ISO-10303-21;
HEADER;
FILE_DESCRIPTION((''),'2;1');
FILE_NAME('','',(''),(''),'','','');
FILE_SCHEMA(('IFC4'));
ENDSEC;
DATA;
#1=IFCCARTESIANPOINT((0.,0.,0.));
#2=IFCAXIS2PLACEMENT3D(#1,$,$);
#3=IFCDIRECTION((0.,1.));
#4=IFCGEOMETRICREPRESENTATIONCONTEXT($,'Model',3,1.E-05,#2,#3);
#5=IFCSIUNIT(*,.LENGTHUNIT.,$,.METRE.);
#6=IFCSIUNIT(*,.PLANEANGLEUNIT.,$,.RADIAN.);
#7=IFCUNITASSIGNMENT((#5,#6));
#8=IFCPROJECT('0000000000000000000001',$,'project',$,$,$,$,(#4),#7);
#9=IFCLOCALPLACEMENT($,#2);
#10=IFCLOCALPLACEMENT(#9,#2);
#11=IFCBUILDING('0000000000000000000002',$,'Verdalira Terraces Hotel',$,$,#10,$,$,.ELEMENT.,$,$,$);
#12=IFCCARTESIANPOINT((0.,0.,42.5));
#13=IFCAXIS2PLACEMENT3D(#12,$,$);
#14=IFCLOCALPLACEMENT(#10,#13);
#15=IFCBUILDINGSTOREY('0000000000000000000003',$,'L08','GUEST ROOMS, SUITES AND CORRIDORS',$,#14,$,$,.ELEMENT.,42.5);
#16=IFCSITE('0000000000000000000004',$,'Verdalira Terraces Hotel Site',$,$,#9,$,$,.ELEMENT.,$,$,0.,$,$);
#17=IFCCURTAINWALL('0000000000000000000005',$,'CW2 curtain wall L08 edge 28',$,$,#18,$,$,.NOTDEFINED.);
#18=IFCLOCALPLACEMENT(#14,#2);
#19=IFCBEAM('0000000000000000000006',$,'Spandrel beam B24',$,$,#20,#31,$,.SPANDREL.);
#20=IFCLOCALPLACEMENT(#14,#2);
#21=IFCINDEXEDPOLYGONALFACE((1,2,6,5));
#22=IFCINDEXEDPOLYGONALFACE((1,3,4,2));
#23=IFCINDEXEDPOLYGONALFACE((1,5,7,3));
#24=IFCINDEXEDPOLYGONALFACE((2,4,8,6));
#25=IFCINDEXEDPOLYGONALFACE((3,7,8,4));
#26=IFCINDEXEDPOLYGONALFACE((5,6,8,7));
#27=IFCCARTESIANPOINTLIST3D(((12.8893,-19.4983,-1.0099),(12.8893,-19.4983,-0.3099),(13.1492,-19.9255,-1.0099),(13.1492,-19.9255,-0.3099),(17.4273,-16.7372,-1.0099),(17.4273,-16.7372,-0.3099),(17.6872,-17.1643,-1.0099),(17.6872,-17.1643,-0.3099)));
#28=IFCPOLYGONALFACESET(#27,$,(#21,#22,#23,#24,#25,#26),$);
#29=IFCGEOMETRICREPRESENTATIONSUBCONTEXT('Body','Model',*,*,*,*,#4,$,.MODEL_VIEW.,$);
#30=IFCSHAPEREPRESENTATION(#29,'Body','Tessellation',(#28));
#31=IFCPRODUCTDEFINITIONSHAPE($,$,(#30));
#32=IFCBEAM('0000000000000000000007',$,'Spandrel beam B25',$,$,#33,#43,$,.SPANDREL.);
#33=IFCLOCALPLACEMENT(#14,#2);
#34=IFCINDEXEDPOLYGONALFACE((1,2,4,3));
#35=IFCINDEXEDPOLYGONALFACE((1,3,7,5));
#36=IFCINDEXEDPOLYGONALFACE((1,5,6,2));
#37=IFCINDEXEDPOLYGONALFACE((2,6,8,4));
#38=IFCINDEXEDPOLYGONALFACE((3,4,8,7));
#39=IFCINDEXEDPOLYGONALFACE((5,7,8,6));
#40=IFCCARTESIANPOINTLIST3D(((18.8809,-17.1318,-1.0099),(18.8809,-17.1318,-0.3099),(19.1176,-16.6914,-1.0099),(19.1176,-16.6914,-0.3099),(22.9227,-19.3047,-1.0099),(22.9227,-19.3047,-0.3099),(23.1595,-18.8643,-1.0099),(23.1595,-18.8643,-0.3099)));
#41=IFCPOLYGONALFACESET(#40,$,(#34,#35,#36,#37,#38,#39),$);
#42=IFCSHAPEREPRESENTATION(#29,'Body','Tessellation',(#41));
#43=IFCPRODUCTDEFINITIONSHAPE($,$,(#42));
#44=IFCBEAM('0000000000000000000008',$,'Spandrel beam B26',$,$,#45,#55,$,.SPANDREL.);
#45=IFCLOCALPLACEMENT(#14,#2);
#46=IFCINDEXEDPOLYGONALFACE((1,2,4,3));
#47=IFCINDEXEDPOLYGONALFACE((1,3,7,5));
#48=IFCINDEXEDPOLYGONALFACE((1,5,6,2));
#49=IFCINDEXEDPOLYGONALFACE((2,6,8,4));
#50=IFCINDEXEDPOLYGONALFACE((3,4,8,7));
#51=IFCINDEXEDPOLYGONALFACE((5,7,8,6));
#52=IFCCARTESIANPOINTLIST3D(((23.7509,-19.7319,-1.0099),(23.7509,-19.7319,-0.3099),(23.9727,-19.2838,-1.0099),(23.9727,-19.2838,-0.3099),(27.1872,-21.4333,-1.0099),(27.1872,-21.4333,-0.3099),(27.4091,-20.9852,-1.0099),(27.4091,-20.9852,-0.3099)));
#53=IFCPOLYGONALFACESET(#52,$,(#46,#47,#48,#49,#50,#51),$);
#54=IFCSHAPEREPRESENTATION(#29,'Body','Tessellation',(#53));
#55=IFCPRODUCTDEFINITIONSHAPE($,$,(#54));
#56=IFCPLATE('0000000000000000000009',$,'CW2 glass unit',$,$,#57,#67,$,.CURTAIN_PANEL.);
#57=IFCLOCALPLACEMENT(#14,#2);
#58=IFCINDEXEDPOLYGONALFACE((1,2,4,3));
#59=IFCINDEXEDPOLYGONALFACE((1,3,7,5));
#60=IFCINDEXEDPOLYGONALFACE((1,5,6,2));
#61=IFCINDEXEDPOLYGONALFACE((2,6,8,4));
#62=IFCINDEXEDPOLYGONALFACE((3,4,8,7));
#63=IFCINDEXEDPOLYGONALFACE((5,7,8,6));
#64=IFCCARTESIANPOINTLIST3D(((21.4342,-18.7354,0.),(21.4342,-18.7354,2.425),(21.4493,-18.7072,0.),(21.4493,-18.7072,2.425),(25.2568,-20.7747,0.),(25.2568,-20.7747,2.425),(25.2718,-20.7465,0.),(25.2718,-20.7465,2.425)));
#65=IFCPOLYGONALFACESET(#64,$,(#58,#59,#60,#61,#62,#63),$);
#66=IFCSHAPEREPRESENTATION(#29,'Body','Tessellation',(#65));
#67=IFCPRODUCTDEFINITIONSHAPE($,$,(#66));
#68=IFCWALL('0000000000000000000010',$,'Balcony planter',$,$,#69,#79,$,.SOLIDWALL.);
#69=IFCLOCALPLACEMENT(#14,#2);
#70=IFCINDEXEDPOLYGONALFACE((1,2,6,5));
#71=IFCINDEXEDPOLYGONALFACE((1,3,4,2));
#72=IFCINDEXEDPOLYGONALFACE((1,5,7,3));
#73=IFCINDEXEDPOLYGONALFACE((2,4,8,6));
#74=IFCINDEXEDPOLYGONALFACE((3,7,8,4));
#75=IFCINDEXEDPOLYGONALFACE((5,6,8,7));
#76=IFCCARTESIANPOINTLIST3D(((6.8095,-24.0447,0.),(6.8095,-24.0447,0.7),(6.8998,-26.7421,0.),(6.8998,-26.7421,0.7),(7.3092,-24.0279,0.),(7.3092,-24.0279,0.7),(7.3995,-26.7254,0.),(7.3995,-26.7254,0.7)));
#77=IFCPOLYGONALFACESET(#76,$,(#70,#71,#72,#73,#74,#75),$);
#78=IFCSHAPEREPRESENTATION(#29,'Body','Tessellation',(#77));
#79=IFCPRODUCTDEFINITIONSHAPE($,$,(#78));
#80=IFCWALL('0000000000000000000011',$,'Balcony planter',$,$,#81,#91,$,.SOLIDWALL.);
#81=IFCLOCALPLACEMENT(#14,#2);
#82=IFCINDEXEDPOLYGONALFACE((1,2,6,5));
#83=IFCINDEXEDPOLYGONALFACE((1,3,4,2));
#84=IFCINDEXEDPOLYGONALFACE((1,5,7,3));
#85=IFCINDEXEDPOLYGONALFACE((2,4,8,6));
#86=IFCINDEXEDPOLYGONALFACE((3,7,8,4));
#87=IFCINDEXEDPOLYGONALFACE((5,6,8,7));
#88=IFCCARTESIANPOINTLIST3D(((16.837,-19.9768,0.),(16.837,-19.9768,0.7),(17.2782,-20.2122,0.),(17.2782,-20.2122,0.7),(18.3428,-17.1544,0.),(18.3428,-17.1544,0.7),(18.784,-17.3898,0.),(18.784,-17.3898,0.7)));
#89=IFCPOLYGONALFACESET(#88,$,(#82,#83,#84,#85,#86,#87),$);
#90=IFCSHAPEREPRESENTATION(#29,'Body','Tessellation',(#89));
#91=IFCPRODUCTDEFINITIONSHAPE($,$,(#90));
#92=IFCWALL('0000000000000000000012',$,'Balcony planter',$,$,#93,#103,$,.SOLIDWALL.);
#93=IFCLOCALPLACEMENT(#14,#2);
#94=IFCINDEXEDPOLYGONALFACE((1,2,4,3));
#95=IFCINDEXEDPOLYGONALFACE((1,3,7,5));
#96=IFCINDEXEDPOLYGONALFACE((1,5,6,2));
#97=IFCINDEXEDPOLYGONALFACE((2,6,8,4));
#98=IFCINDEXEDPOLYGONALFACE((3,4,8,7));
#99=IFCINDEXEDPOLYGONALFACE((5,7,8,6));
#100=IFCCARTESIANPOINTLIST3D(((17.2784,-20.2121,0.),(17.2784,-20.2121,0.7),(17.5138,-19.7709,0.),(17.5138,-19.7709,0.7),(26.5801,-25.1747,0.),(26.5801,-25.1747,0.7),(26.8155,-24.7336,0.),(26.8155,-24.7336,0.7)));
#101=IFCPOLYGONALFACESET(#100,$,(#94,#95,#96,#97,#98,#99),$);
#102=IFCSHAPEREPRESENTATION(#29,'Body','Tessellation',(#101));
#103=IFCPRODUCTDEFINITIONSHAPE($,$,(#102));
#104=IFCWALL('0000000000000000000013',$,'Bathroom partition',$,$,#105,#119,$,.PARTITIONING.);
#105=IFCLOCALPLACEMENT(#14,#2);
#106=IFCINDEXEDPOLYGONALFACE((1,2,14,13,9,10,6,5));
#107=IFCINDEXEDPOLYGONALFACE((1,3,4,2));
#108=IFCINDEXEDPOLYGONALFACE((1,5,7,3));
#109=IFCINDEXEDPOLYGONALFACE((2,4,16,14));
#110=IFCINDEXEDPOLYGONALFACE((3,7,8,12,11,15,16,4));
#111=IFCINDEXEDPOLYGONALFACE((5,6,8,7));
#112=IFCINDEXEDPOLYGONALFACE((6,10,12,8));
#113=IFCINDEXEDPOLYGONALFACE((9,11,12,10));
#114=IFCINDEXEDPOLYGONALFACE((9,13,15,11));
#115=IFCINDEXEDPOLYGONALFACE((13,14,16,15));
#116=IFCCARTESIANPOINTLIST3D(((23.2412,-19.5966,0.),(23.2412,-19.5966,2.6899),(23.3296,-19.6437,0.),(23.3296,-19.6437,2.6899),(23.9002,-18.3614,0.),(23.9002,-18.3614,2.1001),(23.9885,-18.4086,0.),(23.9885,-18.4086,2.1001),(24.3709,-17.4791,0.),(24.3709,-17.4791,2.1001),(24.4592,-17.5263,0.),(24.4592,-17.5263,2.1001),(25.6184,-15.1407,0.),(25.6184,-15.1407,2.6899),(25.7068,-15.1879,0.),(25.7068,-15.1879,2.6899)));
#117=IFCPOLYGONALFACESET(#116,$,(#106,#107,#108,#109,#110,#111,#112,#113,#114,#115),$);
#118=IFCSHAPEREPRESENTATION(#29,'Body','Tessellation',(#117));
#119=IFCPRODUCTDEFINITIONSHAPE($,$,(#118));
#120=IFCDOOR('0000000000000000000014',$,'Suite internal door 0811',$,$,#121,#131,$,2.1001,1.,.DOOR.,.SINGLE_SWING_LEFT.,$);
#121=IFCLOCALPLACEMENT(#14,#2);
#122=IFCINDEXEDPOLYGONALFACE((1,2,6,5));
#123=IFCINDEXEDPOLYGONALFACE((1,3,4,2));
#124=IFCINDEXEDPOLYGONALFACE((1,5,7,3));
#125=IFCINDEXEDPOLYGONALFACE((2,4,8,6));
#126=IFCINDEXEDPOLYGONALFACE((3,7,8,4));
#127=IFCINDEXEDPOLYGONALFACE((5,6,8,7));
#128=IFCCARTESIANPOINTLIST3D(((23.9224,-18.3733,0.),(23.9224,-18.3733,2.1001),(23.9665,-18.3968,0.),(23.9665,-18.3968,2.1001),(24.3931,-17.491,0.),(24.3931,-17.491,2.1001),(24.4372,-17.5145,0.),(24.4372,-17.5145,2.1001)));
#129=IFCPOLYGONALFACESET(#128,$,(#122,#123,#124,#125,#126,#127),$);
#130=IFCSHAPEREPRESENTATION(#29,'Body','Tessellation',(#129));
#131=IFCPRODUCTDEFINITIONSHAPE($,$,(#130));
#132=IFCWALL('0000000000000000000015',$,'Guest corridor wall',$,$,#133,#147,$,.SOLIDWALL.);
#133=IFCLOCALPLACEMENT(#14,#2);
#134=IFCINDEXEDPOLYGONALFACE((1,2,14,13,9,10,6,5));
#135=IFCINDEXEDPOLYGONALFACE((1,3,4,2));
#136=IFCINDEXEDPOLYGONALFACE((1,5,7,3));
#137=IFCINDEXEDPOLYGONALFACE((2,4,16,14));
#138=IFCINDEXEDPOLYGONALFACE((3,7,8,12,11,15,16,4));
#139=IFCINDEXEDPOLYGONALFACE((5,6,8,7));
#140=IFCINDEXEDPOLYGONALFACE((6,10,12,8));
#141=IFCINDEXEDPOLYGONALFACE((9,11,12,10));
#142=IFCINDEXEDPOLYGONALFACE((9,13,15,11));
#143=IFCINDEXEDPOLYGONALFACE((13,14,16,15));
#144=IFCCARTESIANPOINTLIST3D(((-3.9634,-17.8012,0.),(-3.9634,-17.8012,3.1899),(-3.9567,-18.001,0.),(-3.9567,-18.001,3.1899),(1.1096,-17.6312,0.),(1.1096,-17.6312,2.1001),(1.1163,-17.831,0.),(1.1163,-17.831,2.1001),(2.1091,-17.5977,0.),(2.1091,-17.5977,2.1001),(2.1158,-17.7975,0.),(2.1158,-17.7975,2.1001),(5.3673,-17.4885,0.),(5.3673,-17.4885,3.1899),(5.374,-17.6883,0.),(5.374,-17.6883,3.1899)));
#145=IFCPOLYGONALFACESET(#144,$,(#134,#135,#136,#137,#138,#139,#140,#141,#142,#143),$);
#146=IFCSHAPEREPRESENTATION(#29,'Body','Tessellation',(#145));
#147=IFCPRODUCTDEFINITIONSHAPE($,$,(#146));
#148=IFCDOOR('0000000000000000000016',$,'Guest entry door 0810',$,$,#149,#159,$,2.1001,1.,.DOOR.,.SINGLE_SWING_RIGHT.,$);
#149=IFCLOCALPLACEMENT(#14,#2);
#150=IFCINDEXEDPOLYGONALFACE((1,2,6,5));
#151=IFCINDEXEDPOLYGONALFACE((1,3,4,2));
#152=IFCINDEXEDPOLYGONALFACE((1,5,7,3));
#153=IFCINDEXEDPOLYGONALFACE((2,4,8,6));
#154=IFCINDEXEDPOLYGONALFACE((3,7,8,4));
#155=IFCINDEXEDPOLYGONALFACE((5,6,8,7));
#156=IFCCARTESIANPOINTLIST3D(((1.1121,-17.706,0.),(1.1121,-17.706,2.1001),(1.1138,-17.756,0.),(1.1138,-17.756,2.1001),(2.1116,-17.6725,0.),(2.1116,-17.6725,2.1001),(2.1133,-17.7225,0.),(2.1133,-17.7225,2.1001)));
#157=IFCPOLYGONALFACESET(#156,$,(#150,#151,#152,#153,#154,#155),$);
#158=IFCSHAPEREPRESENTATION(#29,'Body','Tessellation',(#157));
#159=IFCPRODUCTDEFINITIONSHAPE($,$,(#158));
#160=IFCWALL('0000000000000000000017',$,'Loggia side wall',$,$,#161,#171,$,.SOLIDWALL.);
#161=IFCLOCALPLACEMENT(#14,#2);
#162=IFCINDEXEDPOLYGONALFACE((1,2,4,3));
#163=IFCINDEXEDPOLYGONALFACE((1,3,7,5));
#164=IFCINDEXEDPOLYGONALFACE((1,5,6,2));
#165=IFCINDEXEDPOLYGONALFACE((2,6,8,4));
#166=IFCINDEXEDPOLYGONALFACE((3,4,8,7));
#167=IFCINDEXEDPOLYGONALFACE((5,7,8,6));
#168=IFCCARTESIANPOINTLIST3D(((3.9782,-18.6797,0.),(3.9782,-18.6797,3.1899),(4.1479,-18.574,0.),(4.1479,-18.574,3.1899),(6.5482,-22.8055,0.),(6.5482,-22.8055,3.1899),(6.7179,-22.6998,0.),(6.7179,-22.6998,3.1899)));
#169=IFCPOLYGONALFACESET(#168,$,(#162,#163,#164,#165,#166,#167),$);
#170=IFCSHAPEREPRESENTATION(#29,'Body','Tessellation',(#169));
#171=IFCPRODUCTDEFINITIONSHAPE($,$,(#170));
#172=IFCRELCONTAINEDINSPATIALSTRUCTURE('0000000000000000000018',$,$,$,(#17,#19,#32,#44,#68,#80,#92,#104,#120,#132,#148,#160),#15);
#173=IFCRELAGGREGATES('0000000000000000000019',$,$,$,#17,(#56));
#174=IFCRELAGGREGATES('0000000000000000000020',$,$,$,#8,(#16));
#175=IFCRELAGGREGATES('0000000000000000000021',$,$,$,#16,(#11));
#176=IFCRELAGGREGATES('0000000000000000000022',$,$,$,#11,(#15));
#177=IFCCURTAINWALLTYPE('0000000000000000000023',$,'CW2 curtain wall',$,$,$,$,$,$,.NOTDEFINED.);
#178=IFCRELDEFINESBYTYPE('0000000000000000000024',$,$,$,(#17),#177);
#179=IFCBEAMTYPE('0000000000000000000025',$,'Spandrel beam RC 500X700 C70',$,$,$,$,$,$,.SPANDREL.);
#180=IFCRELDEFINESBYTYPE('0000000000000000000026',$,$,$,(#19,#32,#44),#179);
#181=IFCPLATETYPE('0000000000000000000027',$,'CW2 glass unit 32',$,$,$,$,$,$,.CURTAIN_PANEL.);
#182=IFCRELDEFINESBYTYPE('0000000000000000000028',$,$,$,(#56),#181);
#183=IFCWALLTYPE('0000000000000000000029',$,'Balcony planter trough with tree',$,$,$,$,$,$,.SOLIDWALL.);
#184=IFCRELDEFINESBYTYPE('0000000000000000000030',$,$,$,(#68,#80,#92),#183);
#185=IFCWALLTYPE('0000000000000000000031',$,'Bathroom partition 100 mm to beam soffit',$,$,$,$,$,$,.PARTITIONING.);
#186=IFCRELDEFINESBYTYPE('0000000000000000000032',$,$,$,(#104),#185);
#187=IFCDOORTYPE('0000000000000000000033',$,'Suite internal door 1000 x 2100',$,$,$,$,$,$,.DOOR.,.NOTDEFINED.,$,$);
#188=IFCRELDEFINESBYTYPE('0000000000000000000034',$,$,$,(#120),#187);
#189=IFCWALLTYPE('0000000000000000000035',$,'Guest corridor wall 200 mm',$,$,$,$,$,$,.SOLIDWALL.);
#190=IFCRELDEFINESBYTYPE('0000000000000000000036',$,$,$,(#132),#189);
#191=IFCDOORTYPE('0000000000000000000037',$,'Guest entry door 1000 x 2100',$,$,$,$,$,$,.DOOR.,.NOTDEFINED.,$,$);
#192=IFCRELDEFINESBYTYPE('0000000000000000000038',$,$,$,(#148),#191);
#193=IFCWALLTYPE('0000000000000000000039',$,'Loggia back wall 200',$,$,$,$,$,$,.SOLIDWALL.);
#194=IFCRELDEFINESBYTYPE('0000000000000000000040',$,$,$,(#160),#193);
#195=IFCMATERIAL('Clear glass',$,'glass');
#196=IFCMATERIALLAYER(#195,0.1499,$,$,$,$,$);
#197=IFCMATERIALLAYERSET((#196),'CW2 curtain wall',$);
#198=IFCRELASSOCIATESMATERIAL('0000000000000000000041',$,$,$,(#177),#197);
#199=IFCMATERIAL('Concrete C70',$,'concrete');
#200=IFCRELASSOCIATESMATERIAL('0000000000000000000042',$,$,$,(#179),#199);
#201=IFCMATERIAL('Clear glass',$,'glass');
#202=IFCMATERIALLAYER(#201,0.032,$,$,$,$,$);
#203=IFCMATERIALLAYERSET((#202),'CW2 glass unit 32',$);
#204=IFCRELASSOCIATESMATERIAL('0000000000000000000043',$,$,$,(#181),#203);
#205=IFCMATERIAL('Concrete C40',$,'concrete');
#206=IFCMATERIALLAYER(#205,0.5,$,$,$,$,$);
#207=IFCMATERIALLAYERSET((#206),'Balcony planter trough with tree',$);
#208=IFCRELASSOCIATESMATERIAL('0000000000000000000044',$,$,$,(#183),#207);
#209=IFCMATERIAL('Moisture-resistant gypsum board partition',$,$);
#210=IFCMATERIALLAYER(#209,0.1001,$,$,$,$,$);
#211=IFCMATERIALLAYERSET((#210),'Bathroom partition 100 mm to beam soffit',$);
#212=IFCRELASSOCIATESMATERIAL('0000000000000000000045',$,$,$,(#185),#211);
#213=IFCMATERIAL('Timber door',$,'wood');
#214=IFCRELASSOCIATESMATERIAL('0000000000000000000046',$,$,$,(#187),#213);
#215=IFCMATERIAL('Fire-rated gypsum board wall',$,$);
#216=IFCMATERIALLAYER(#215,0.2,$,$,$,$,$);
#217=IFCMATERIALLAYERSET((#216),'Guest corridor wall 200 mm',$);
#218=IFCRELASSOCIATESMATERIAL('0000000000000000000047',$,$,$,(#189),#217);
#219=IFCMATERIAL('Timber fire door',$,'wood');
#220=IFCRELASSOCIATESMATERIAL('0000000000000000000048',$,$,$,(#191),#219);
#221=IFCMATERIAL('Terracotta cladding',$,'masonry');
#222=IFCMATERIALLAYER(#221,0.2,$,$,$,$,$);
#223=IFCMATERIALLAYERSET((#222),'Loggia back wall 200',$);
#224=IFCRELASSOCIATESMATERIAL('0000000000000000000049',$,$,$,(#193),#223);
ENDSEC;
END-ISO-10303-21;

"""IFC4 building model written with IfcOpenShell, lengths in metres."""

from ifc_helpers import new_model, si_unit, direction, frame, frame_2d, origin, origin_2d, place, context, subcontext, project, spatial, rectangle, extrude, material, layer, layer_set, material_profile, profile_set, type_object, element, fill, aggregate, save


model = new_model("IFC4")

# Units and contexts
model_context = context("Model", 3, precision=1e-05, world=origin(), true_north=direction((0.0, 1.0)))
body_context = subcontext(model_context, "Body", "Model", "MODEL_VIEW")
ifc_project = project(units=[si_unit("LENGTHUNIT", "METRE"), si_unit("PLANEANGLEUNIT", "RADIAN")], contexts=[model_context])

# Site, building, storey
site_placement = place(None, origin())
site = spatial("IfcSite", under=ifc_project, at=site_placement, Name="Verdalira Terraces Hotel Site", CompositionType="ELEMENT", RefElevation=0.0)
building_placement = place(site_placement, origin())
building = spatial("IfcBuilding", under=site, at=building_placement, Name="Verdalira Terraces Hotel", CompositionType="ELEMENT")
storey_placement = place(building_placement, frame((0.0, 0.0, 42.5)))
storey = spatial("IfcBuildingStorey", under=building, at=storey_placement, Name="L08", Description="GUEST ROOMS, SUITES AND CORRIDORS", CompositionType="ELEMENT", Elevation=42.5)

# Curtain wall
ifc_material_1 = material(Name="Clear glass", Category="glass")
ifc_layer_1 = layer(ifc_material_1, 0.1499)
ifc_layer_set_1 = layer_set([ifc_layer_1], Name="CW2 curtain wall")
curtain_wall_type_1 = type_object("IfcCurtainWallType", Name="CW2 curtain wall", PredefinedType="NOTDEFINED", material=ifc_layer_set_1)
curtain_wall_1_placement = place(storey_placement, origin())
curtain_wall_1 = element("IfcCurtainWall", 1, at=curtain_wall_1_placement, inside=storey, type_object=curtain_wall_type_1, Name="CW2 curtain wall L08 edge 28", PredefinedType="NOTDEFINED")

# Beams
ifc_material_2 = material(Name="Concrete C70", Category="concrete")
ifc_material_profile_1 = material_profile(ifc_material_2, rectangle(XDim=0.5, YDim=0.7, at=origin_2d()), Name="RC 500X700")
ifc_profile_set_1 = profile_set([ifc_material_profile_1], Name="Concrete C70")
beam_type_1 = type_object("IfcBeamType", Name="Spandrel beam RC 500X700 C70", PredefinedType="SPANDREL", material=ifc_profile_set_1)
beam_1_placement = place(storey_placement, frame((13.0193, -19.7119, -0.6599), z_axis=(0.854289, 0.519798, 0.0), x_axis=(-0.519798, 0.854289, 0.0)))
element("IfcBeam", 2, at=beam_1_placement, inside=storey, type_object=beam_type_1, Name="Spandrel beam B24", PredefinedType="SPANDREL", context=body_context, shape_type="SweptSolid", body=[
    extrude(rectangle(XDim=0.5, YDim=0.7, at=origin_2d()), origin(), (0.0, 0.0, 1.0), 5.312),
])
beam_2_placement = place(storey_placement, frame((18.9993, -16.9116, -0.6599), z_axis=(0.880787, -0.473513, 0.0), x_axis=(0.473513, 0.880787, 0.0)))
element("IfcBeam", 3, at=beam_2_placement, inside=storey, type_object=beam_type_1, Name="Spandrel beam B25", PredefinedType="SPANDREL", context=body_context, shape_type="SweptSolid", body=[
    extrude(rectangle(XDim=0.5, YDim=0.7, at=origin_2d()), origin(), (0.0, 0.0, 1.0), 4.5889),
])
beam_3_placement = place(storey_placement, frame((23.8618, -19.5078, -0.6599), z_axis=(0.896165, -0.443721, 0.0), x_axis=(0.443721, 0.896165, 0.0)))
element("IfcBeam", 4, at=beam_3_placement, inside=storey, type_object=beam_type_1, Name="Spandrel beam B26", PredefinedType="SPANDREL", context=body_context, shape_type="SweptSolid", body=[
    extrude(rectangle(XDim=0.5, YDim=0.7, at=origin_2d()), origin(), (0.0, 0.0, 1.0), 3.8345),
])

# Plate
ifc_material_3 = material(Name="Clear glass", Category="glass")
ifc_layer_2 = layer(ifc_material_3, 0.032)
ifc_layer_set_2 = layer_set([ifc_layer_2], Name="CW2 glass unit 32")
plate_type = type_object("IfcPlateType", Name="CW2 glass unit 32", PredefinedType="CURTAIN_PANEL", material=ifc_layer_set_2)
plate_placement = place(storey_placement, frame((23.353, -19.741, 0.0), z_axis=(0.0, 0.0, 1.0), x_axis=(0.882291, -0.470704, 0.0)))
plate = element("IfcPlate", 5, at=plate_placement, type_object=plate_type, Name="CW2 glass unit", PredefinedType="CURTAIN_PANEL", context=body_context, shape_type="SweptSolid", body=[
    extrude(rectangle(XDim=4.3325, YDim=0.032, at=origin_2d()), origin(), (0.0, 0.0, 1.0), 2.425),
])
aggregate(curtain_wall_1, [plate])

# Walls
ifc_material_4 = material(Name="Concrete C40", Category="concrete")
ifc_layer_3 = layer(ifc_material_4, 0.5)
ifc_layer_set_3 = layer_set([ifc_layer_3], Name="Balcony planter trough with tree")
wall_type_1 = type_object("IfcWallType", Name="Balcony planter trough with tree", PredefinedType="SOLIDWALL", material=ifc_layer_set_3)
wall_1_placement = place(storey_placement, frame((7.1497, -26.7339, 0.0), z_axis=(0.0, 0.0, 1.0), x_axis=(-0.033468, 0.99944, 0.0)))
element("IfcWall", 6, at=wall_1_placement, inside=storey, type_object=wall_type_1, Name="Balcony planter", PredefinedType="SOLIDWALL", context=body_context, shape_type="SweptSolid", body=[
    extrude(rectangle(XDim=2.699, YDim=0.5, at=frame_2d((1.3496, 0.0))), origin(), (0.0, 0.0, 1.0), 0.7),
])
wall_2_placement = place(storey_placement, frame((18.5635, -17.272, 0.0), z_axis=(0.0, 0.0, 1.0), x_axis=(-0.470715, -0.882285, 0.0)))
element("IfcWall", 7, at=wall_2_placement, inside=storey, type_object=wall_type_1, Name="Balcony planter", PredefinedType="SOLIDWALL", context=body_context, shape_type="SweptSolid", body=[
    extrude(rectangle(XDim=3.199, YDim=0.5, at=frame_2d((1.5996, 0.0))), origin(), (0.0, 0.0, 1.0), 0.7),
])
wall_3_placement = place(storey_placement, frame((17.396, -19.9915, 0.0), z_axis=(0.0, 0.0, 1.0), x_axis=(0.882286, -0.470714, 0.0)))
element("IfcWall", 8, at=wall_3_placement, inside=storey, type_object=wall_type_1, Name="Balcony planter", PredefinedType="SOLIDWALL", context=body_context, shape_type="SweptSolid", body=[
    extrude(rectangle(XDim=10.5427, YDim=0.5, at=frame_2d((5.2715, 0.0))), origin(), (0.0, 0.0, 1.0), 0.7),
])

# Walls, openings, doors
ifc_material_5 = material(Name="Moisture-resistant gypsum board partition")
ifc_layer_4 = layer(ifc_material_5, 0.1001)
ifc_layer_set_4 = layer_set([ifc_layer_4], Name="Bathroom partition 100 mm to beam soffit")
wall_type_2 = type_object("IfcWallType", Name="Bathroom partition 100 mm to beam soffit", PredefinedType="PARTITIONING", material=ifc_layer_set_4)
wall_4_placement = place(storey_placement, frame((23.2854, -19.6201, 0.0), z_axis=(0.0, 0.0, 1.0), x_axis=(0.470706, 0.88229, 0.0)))
wall_4 = element("IfcWall", 9, at=wall_4_placement, inside=storey, type_object=wall_type_2, Name="Bathroom partition", PredefinedType="PARTITIONING", context=body_context, shape_type="SweptSolid", body=[
    extrude(rectangle(XDim=5.0503, YDim=0.1001, at=frame_2d((2.5251, 0.0))), origin(), (0.0, 0.0, 1.0), 2.6899),
])
opening_1_placement = place(wall_4_placement, frame((1.3999, 0.0, 0.0)))
opening_1 = element("IfcOpeningElement", 10, at=opening_1_placement, cuts=wall_4, PredefinedType="OPENING", context=body_context, shape_type="SweptSolid", body=[
    extrude(rectangle(XDim=1.0, YDim=2.1001, at=frame_2d((0.5, 1.05))), frame((0.0, 0.0601, 0.0), z_axis=(0.0, -1.0, 0.0), x_axis=(1.0, 0.0, 0.0)), (0.0, 0.0, 1.0), 0.1201),
])
ifc_material_6 = material(Name="Timber door", Category="wood")
door_type_1 = type_object("IfcDoorType", Name="Suite internal door 1000 x 2100", OperationType="NOTDEFINED", PredefinedType="DOOR", material=ifc_material_6)
door_1_placement = place(opening_1_placement, origin())
door_1 = element("IfcDoor", 11, at=door_1_placement, inside=storey, type_object=door_type_1, Name="Suite internal door 0811", OperationType="SINGLE_SWING_LEFT", OverallHeight=2.1001, OverallWidth=1.0, PredefinedType="DOOR", context=body_context, shape_type="SweptSolid", body=[
    extrude(rectangle(XDim=1.0, YDim=2.1001, at=frame_2d((0.5, 1.05))), frame((0.0, 0.0249, 0.0), z_axis=(0.0, -1.0, 0.0), x_axis=(1.0, 0.0, 0.0)), (0.0, 0.0, 1.0), 0.05),
])
fill(opening_1, door_1)
ifc_material_7 = material(Name="Fire-rated gypsum board wall")
ifc_layer_5 = layer(ifc_material_7, 0.2)
ifc_layer_set_5 = layer_set([ifc_layer_5], Name="Guest corridor wall 200 mm")
wall_type_3 = type_object("IfcWallType", Name="Guest corridor wall 200 mm", PredefinedType="SOLIDWALL", material=ifc_layer_set_5)
wall_5_placement = place(storey_placement, frame((5.3706, -17.5884, 0.0), z_axis=(0.0, 0.0, 1.0), x_axis=(-0.999439, -0.033499, 0.0)))
wall_5 = element("IfcWall", 12, at=wall_5_placement, inside=storey, type_object=wall_type_3, Name="Guest corridor wall", PredefinedType="SOLIDWALL", context=body_context, shape_type="SweptSolid", body=[
    extrude(rectangle(XDim=9.3359, YDim=0.2, at=frame_2d((4.668, 0.0))), origin(), (0.0, 0.0, 1.0), 3.1899),
])
opening_2_placement = place(wall_5_placement, frame((3.26, 0.0, 0.0)))
opening_2 = element("IfcOpeningElement", 13, at=opening_2_placement, cuts=wall_5, PredefinedType="OPENING", context=body_context, shape_type="SweptSolid", body=[
    extrude(rectangle(XDim=1.0, YDim=2.1001, at=frame_2d((0.5, 1.05))), frame((0.0, 0.1099, 0.0), z_axis=(0.0, -1.0, 0.0), x_axis=(1.0, 0.0, 0.0)), (0.0, 0.0, 1.0), 0.22),
])
ifc_material_8 = material(Name="Timber fire door", Category="wood")
door_type_2 = type_object("IfcDoorType", Name="Guest entry door 1000 x 2100", OperationType="NOTDEFINED", PredefinedType="DOOR", material=ifc_material_8)
door_2_placement = place(opening_2_placement, origin())
door_2 = element("IfcDoor", 14, at=door_2_placement, inside=storey, type_object=door_type_2, Name="Guest entry door 0810", OperationType="SINGLE_SWING_RIGHT", OverallHeight=2.1001, OverallWidth=1.0, PredefinedType="DOOR", context=body_context, shape_type="SweptSolid", body=[
    extrude(rectangle(XDim=1.0, YDim=2.1001, at=frame_2d((0.5, 1.05))), frame((0.0, 0.0249, 0.0), z_axis=(0.0, -1.0, 0.0), x_axis=(1.0, 0.0, 0.0)), (0.0, 0.0, 1.0), 0.05),
])
fill(opening_2, door_2)

# Wall
ifc_material_9 = material(Name="Terracotta cladding", Category="masonry")
ifc_layer_6 = layer(ifc_material_9, 0.2)
ifc_layer_set_6 = layer_set([ifc_layer_6], Name="Loggia back wall 200")
wall_type_4 = type_object("IfcWallType", Name="Loggia back wall 200", PredefinedType="SOLIDWALL", material=ifc_layer_set_6)
wall_6_placement = place(storey_placement, frame((6.6331, -22.7527, 0.0), z_axis=(0.0, 0.0, 1.0), x_axis=(-0.528716, 0.848799, 0.0)))
element("IfcWall", 15, at=wall_6_placement, inside=storey, type_object=wall_type_4, Name="Loggia side wall", PredefinedType="SOLIDWALL", context=body_context, shape_type="SweptSolid", body=[
    extrude(rectangle(XDim=4.8608, YDim=0.2, at=frame_2d((2.4304, 0.0))), origin(), (0.0, 0.0, 1.0), 3.1899),
])

save(model, "model.ifc")
